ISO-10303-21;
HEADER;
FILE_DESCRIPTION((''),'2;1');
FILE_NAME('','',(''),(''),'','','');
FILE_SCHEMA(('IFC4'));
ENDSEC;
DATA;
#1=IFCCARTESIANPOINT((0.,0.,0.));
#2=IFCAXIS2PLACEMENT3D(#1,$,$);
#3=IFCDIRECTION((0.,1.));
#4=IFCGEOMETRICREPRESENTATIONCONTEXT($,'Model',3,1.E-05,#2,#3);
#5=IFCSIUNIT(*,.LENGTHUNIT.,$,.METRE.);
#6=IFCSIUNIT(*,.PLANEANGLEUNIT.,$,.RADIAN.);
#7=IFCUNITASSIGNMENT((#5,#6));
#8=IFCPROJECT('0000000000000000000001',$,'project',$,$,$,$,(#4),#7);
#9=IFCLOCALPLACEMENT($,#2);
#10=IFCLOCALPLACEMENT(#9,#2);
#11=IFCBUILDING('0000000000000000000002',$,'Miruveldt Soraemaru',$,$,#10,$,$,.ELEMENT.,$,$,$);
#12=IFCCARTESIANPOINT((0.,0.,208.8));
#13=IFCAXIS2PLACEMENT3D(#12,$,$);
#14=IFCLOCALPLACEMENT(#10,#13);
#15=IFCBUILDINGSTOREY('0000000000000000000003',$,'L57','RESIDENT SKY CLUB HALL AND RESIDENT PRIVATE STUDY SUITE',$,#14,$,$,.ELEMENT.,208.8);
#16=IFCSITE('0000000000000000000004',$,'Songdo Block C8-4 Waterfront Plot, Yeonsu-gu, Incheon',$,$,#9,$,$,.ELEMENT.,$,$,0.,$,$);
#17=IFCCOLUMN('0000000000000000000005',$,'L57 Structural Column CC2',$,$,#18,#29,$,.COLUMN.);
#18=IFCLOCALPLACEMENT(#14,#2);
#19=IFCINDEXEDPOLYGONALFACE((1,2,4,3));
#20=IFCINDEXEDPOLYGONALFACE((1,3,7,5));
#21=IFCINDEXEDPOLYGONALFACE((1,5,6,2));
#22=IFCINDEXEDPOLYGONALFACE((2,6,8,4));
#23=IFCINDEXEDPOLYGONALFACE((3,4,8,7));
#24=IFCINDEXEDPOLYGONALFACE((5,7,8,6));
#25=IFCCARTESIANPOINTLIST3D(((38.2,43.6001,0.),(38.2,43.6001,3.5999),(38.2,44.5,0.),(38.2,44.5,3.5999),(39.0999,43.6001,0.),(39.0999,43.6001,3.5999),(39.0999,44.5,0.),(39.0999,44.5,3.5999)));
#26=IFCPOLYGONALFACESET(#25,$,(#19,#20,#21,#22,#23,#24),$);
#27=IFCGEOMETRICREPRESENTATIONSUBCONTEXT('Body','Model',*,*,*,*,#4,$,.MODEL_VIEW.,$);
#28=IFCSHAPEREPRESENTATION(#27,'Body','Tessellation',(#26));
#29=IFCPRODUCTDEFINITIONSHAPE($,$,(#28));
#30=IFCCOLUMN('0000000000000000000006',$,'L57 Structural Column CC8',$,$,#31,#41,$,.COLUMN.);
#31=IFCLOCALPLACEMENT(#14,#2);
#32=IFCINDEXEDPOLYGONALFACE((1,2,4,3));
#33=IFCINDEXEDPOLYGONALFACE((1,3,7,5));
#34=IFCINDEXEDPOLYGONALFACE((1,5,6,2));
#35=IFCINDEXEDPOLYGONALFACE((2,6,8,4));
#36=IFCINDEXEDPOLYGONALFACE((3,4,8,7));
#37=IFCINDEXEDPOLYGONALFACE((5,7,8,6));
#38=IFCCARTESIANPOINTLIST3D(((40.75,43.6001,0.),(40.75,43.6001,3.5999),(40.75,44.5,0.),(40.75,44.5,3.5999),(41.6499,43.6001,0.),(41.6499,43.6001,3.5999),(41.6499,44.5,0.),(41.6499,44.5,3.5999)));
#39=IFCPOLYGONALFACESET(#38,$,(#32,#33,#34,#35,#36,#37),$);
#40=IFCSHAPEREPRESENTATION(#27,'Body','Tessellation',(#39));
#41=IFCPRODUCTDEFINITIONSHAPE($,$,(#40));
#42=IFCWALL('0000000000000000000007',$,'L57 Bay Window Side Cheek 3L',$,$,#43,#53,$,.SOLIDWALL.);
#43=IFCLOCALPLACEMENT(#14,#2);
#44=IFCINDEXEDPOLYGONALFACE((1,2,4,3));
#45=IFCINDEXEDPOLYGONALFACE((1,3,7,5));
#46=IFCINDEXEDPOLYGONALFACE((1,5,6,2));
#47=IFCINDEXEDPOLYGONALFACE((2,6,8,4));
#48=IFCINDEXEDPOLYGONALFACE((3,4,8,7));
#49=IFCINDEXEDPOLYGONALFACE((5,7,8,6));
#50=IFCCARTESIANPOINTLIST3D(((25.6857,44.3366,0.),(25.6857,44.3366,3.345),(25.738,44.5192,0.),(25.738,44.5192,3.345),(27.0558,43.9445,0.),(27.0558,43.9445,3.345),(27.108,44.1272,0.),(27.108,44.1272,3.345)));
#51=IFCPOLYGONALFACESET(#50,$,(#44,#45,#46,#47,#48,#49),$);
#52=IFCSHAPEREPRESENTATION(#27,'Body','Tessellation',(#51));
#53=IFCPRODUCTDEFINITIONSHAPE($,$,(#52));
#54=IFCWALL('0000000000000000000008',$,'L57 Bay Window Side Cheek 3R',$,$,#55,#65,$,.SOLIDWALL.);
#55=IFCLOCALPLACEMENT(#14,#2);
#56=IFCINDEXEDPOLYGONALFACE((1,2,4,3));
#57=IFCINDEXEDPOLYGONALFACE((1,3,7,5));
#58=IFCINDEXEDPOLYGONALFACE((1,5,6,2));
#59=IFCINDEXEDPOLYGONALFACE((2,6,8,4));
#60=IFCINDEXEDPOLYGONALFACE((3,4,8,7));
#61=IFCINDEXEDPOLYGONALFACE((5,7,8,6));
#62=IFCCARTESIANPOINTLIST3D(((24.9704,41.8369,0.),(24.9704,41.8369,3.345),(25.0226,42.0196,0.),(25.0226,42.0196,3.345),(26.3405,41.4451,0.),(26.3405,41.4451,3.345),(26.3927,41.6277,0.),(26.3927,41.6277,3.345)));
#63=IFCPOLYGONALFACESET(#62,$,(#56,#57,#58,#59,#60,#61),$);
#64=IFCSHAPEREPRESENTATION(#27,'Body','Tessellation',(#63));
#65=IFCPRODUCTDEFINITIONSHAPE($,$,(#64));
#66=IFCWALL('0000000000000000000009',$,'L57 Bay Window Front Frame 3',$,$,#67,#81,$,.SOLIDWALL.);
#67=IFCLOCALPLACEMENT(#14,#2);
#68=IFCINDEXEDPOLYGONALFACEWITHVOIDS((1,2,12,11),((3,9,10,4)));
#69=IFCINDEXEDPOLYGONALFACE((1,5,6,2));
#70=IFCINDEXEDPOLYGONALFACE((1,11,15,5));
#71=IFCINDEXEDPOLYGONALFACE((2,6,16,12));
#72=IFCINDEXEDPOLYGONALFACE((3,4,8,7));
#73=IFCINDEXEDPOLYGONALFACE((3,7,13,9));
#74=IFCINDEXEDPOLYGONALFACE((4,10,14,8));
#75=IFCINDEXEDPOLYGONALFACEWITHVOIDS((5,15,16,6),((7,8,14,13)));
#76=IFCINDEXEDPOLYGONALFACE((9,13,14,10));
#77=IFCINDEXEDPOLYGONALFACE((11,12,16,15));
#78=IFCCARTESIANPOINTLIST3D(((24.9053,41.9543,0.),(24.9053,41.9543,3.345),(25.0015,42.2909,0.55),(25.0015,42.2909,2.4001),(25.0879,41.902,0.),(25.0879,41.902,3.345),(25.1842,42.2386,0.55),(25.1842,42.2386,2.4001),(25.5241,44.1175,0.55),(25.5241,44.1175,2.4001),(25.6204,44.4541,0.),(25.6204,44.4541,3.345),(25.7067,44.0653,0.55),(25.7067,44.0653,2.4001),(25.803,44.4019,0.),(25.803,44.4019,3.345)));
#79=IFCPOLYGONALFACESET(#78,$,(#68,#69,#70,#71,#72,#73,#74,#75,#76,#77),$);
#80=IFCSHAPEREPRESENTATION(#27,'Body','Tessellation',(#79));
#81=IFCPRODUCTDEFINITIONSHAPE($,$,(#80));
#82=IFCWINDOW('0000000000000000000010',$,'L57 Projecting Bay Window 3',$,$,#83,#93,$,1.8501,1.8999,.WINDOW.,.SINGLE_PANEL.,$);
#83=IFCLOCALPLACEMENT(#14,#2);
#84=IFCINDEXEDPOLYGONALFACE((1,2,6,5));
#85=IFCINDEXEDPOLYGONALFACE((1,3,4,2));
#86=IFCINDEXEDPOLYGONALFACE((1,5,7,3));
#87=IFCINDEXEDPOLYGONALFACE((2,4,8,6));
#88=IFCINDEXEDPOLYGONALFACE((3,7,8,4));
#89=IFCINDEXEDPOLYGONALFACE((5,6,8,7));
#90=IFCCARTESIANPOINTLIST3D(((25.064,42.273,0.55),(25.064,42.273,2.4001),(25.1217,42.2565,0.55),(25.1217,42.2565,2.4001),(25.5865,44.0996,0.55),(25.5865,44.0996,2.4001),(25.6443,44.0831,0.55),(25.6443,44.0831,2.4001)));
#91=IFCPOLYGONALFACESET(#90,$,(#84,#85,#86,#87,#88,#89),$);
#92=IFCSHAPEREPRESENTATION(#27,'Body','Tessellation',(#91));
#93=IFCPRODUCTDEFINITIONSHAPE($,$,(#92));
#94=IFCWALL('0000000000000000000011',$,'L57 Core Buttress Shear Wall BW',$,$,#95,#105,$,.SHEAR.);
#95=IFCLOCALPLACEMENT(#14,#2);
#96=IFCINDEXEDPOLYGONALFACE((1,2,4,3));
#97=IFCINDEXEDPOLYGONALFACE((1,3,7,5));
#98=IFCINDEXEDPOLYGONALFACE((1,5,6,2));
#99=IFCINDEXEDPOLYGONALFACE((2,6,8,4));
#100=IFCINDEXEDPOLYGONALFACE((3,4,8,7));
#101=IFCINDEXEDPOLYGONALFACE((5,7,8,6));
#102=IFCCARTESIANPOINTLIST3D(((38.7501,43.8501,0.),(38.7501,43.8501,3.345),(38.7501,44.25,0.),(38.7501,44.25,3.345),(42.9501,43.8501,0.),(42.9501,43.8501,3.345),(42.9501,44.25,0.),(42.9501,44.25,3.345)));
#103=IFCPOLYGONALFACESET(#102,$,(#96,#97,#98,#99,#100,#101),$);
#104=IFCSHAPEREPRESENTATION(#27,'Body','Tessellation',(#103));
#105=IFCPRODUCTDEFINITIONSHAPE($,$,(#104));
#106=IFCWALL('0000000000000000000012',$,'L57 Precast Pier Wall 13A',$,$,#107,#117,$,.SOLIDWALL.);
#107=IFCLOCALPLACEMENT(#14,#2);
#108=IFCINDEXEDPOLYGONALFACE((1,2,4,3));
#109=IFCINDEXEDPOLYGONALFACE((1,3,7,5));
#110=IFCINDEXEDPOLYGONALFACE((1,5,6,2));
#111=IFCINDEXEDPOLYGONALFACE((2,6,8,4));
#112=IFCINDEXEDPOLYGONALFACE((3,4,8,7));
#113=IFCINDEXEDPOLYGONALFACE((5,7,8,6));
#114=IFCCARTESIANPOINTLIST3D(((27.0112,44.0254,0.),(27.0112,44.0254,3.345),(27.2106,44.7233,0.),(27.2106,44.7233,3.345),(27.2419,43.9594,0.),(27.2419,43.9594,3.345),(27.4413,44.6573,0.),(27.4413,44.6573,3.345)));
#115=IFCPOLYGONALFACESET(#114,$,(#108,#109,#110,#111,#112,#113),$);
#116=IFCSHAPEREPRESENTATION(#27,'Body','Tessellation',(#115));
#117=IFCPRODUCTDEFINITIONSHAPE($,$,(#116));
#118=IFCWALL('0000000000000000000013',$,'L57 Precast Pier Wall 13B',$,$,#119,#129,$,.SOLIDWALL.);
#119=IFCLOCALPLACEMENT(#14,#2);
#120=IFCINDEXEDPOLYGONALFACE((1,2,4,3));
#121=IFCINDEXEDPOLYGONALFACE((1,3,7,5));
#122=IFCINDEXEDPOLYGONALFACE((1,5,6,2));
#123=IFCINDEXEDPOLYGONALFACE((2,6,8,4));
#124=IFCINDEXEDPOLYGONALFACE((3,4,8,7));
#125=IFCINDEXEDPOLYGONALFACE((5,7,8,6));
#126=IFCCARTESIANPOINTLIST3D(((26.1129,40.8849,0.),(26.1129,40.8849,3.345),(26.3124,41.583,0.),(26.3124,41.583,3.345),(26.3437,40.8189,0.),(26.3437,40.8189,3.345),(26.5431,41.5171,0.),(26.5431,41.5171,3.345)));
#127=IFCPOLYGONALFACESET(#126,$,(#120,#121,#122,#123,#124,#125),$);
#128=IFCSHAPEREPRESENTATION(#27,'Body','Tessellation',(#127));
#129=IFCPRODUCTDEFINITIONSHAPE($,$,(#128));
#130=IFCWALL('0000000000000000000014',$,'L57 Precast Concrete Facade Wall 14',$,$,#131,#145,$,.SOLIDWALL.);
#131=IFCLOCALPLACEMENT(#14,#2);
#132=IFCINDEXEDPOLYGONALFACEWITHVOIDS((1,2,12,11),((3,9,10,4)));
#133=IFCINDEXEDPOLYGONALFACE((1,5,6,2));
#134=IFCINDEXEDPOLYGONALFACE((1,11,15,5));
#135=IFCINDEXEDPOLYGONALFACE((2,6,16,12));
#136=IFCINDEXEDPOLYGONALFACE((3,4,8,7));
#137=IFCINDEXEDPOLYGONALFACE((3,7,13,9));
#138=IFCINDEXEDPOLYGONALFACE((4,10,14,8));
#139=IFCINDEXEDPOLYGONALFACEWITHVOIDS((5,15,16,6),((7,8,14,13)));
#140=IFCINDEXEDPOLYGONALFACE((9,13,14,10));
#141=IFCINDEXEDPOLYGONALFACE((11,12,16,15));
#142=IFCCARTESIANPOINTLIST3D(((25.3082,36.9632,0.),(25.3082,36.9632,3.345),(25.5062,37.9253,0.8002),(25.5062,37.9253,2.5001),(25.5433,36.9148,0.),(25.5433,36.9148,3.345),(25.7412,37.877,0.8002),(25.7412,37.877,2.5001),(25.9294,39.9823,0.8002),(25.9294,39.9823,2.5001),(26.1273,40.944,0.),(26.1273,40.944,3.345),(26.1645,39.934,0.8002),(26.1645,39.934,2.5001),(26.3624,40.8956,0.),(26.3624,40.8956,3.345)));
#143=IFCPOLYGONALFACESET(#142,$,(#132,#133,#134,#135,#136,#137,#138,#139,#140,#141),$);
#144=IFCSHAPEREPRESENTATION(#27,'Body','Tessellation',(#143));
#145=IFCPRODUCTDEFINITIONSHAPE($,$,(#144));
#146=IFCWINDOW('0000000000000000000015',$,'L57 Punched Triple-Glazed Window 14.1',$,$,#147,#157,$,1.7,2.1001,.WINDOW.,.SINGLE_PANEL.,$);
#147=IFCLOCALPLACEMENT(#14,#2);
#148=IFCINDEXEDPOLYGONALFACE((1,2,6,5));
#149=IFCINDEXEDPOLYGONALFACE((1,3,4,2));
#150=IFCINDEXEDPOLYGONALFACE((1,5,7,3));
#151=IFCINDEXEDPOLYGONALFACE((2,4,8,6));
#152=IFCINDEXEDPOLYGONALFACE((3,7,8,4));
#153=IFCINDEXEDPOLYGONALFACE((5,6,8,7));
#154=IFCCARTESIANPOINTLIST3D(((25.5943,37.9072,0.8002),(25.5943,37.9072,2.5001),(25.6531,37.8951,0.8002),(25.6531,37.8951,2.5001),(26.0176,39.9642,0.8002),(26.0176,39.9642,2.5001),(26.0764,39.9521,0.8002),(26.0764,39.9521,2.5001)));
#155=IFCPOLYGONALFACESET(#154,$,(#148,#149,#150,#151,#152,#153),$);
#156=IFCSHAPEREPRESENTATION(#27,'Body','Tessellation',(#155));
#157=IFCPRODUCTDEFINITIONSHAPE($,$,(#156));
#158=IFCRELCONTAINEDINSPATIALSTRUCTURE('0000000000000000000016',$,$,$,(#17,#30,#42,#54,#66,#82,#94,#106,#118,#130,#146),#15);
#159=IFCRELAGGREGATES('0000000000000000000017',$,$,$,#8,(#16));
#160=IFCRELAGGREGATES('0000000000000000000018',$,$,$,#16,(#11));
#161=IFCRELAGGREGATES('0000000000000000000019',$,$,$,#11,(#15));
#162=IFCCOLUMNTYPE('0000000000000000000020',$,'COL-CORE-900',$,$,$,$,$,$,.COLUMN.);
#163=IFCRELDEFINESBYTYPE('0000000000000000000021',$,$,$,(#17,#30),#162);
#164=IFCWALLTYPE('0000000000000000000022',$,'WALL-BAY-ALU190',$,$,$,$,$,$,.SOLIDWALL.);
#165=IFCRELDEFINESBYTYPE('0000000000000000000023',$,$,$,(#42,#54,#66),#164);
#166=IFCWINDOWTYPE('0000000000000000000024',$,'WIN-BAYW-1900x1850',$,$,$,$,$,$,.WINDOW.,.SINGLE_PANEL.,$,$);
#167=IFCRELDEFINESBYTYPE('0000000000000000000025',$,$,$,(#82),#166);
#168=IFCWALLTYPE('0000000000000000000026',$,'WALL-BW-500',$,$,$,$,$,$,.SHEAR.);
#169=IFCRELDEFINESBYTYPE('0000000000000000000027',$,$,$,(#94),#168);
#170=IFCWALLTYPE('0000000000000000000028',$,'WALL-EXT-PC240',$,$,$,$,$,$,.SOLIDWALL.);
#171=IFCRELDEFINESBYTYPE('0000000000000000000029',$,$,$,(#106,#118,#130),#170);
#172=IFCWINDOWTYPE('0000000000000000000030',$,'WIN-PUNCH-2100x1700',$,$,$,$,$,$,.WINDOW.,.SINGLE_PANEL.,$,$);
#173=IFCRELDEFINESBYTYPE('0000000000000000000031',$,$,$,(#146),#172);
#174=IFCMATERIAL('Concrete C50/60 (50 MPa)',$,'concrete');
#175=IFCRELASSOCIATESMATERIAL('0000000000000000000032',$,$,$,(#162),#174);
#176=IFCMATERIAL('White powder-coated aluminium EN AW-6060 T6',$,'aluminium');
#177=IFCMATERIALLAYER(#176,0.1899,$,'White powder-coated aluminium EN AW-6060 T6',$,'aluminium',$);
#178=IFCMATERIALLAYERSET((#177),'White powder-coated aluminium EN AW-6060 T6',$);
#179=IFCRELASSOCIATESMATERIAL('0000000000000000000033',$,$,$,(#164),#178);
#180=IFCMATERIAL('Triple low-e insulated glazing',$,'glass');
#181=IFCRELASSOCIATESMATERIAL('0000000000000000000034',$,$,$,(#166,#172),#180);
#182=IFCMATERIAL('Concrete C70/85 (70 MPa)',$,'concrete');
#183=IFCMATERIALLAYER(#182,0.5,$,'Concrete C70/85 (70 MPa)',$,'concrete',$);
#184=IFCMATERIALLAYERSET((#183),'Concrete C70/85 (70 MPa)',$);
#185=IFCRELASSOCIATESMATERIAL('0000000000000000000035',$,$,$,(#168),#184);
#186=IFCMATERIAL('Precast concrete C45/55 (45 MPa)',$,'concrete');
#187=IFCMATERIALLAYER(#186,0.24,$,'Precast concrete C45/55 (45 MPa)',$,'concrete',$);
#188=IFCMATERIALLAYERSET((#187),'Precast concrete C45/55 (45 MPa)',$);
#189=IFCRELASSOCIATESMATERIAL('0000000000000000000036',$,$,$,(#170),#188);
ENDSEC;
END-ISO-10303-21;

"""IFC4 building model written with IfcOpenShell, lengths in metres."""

from ifc_helpers import new_model, si_unit, direction, frame, frame_2d, origin, origin_2d, place, context, subcontext, project, spatial, rectangle, extrude, material, layer, layer_set, material_profile, profile_set, type_object, element, fill, save


model = new_model("IFC4")

# Units and contexts
model_context = context("Model", 3, precision=1e-05, world=origin(), true_north=direction((0.0, 1.0)))
body_context = subcontext(model_context, "Body", "Model", "MODEL_VIEW")
ifc_project = project(units=[si_unit("LENGTHUNIT", "METRE"), si_unit("PLANEANGLEUNIT", "RADIAN")], contexts=[model_context])

# Site, building, storey
site_placement = place(None, origin())
site = spatial("IfcSite", under=ifc_project, at=site_placement, Name="Songdo Block C8-4 Waterfront Plot, Yeonsu-gu, Incheon", CompositionType="ELEMENT", RefElevation=0.0)
building_placement = place(site_placement, origin())
building = spatial("IfcBuilding", under=site, at=building_placement, Name="Miruveldt Soraemaru", CompositionType="ELEMENT")
storey_placement = place(building_placement, frame((0.0, 0.0, 208.8)))
storey = spatial("IfcBuildingStorey", under=building, at=storey_placement, Name="L57", Description="RESIDENT SKY CLUB HALL AND RESIDENT PRIVATE STUDY SUITE", CompositionType="ELEMENT", Elevation=208.8)

# Columns
ifc_material_1 = material(Name="Concrete C50/60 (50 MPa)", Category="concrete")
ifc_material_profile = material_profile(ifc_material_1, rectangle(XDim=0.8999, YDim=0.8999, at=origin_2d()), Name="Concrete C50/60 (50 MPa)", Category="concrete")
ifc_profile_set = profile_set([ifc_material_profile], Name="Concrete C50/60 (50 MPa)")
column_type = type_object("IfcColumnType", Name="COL-CORE-900", PredefinedType="COLUMN", material=ifc_profile_set)
for number, where, z_axis, x_axis, name in (
    (1, (38.6499, 44.05, 0.0), (0.0, 0.0, 1.0), (1.0, 0.0, 0.0), "L57 Structural Column CC2"),
    (2, (41.2, 44.05, 0.0), (0.0, 0.0, 1.0), (1.0, 0.0, 0.0), "L57 Structural Column CC8"),
):
    element("IfcColumn", number, at=place(storey_placement, frame(where, z_axis=z_axis, x_axis=x_axis)), inside=storey, type_object=column_type, Name=name, PredefinedType="COLUMN", context=body_context, shape_type="SweptSolid", body=[
        extrude(rectangle(XDim=0.8999, YDim=0.8999, at=origin_2d()), origin(), (0.0, 0.0, 1.0), 3.5999),
    ])

# Walls
ifc_material_2 = material(Name="White powder-coated aluminium EN AW-6060 T6", Category="aluminium")
ifc_layer_1 = layer(ifc_material_2, 0.1899, Name="White powder-coated aluminium EN AW-6060 T6", Category="aluminium")
ifc_layer_set_1 = layer_set([ifc_layer_1], Name="White powder-coated aluminium EN AW-6060 T6")
wall_type_1 = type_object("IfcWallType", Name="WALL-BAY-ALU190", PredefinedType="SOLIDWALL", material=ifc_layer_set_1)
for number, where, z_axis, x_axis, name in (
    (3, (27.0818, 44.0359, 0.0), (0.0, 0.0, 1.0), (-0.961407, 0.275128, 0.0), "L57 Bay Window Side Cheek 3L"),
    (4, (24.9966, 41.9282, 0.0), (0.0, 0.0, 1.0), (0.961453, -0.27497, 0.0), "L57 Bay Window Side Cheek 3R"),
):
    element("IfcWall", number, at=place(storey_placement, frame(where, z_axis=z_axis, x_axis=x_axis)), inside=storey, type_object=wall_type_1, Name=name, PredefinedType="SOLIDWALL", context=body_context, shape_type="SweptSolid", body=[
        extrude(rectangle(XDim=1.425, YDim=0.1899, at=frame_2d((0.7124, 0.0))), origin(), (0.0, 0.0, 1.0), 3.345),
    ])

# Wall, opening, window
wall_1_placement = place(storey_placement, frame((25.7117, 44.428, 0.0), z_axis=(0.0, 0.0, 1.0), x_axis=(-0.275031, -0.961435, 0.0)))
wall_1 = element("IfcWall", 5, at=wall_1_placement, inside=storey, type_object=wall_type_1, Name="L57 Bay Window Front Frame 3", PredefinedType="SOLIDWALL", context=body_context, shape_type="SweptSolid", body=[
    extrude(rectangle(XDim=2.6001, YDim=0.1899, at=frame_2d((1.3, 0.0))), origin(), (0.0, 0.0, 1.0), 3.345),
])
opening_1_placement = place(wall_1_placement, frame((0.3501, 0.0, 0.55)))
opening_1 = element("IfcOpeningElement", 6, at=opening_1_placement, cuts=wall_1, PredefinedType="OPENING", context=body_context, shape_type="SweptSolid", body=[
    extrude(rectangle(XDim=1.8999, YDim=1.8501, at=frame_2d((0.95, 0.925))), frame((0.0, 0.105, 0.0), z_axis=(0.0, -1.0, 0.0), x_axis=(1.0, 0.0, 0.0)), (0.0, 0.0, 1.0), 0.21),
])
ifc_material_3 = material(Name="Triple low-e insulated glazing", Category="glass")
window_type_1 = type_object("IfcWindowType", Name="WIN-BAYW-1900x1850", PartitioningType="SINGLE_PANEL", PredefinedType="WINDOW", material=ifc_material_3)
window_1_placement = place(opening_1_placement, origin())
window_1 = element("IfcWindow", 7, at=window_1_placement, inside=storey, type_object=window_type_1, Name="L57 Projecting Bay Window 3", OverallHeight=1.8501, OverallWidth=1.8999, PartitioningType="SINGLE_PANEL", PredefinedType="WINDOW", context=body_context, shape_type="SweptSolid", body=[
    extrude(rectangle(XDim=1.8999, YDim=1.8501, at=frame_2d((0.95, 0.925))), frame((0.0, 0.03, 0.0), z_axis=(0.0, -1.0, 0.0), x_axis=(1.0, 0.0, 0.0)), (0.0, 0.0, 1.0), 0.0601),
])
fill(opening_1, window_1)

# Walls
ifc_material_4 = material(Name="Concrete C70/85 (70 MPa)", Category="concrete")
ifc_layer_2 = layer(ifc_material_4, 0.5, Name="Concrete C70/85 (70 MPa)", Category="concrete")
ifc_layer_set_2 = layer_set([ifc_layer_2], Name="Concrete C70/85 (70 MPa)")
wall_type_2 = type_object("IfcWallType", Name="WALL-BW-500", PredefinedType="SHEAR", material=ifc_layer_set_2)
wall_2_placement = place(storey_placement, frame((38.75, 44.05, 0.0), z_axis=(0.0, 0.0, 1.0), x_axis=(1.0, 0.0, 0.0)))
element("IfcWall", 8, at=wall_2_placement, inside=storey, type_object=wall_type_2, Name="L57 Core Buttress Shear Wall BW", PredefinedType="SHEAR", context=body_context, shape_type="SweptSolid", body=[
    extrude(rectangle(XDim=4.2, YDim=0.3999, at=frame_2d((2.1001, 0.0))), origin(), (0.0, 0.0, 1.0), 3.345),
])
ifc_material_5 = material(Name="Precast concrete C45/55 (45 MPa)", Category="concrete")
ifc_layer_3 = layer(ifc_material_5, 0.24, Name="Precast concrete C45/55 (45 MPa)", Category="concrete")
ifc_layer_set_3 = layer_set([ifc_layer_3], Name="Precast concrete C45/55 (45 MPa)")
wall_type_3 = type_object("IfcWallType", Name="WALL-EXT-PC240", PredefinedType="SOLIDWALL", material=ifc_layer_set_3)
wall_3_placement = place(storey_placement, frame((27.3259, 44.6902, 0.0), z_axis=(0.0, 0.0, 1.0), x_axis=(-0.274766, -0.961511, 0.0)))
element("IfcWall", 9, at=wall_3_placement, inside=storey, type_object=wall_type_3, Name="L57 Precast Pier Wall 13A", PredefinedType="SOLIDWALL", context=body_context, shape_type="SweptSolid", body=[
    extrude(rectangle(XDim=0.7258, YDim=0.24, at=frame_2d((0.3628, 0.0))), origin(), (0.0, 0.0, 1.0), 3.345),
])
wall_4_placement = place(storey_placement, frame((26.4277, 41.55, 0.0), z_axis=(0.0, 0.0, 1.0), x_axis=(-0.274677, -0.961537, 0.0)))
element("IfcWall", 10, at=wall_4_placement, inside=storey, type_object=wall_type_3, Name="L57 Precast Pier Wall 13B", PredefinedType="SOLIDWALL", context=body_context, shape_type="SweptSolid", body=[
    extrude(rectangle(XDim=0.7261, YDim=0.24, at=frame_2d((0.363, 0.0))), origin(), (0.0, 0.0, 1.0), 3.345),
])

# Wall, opening, window
wall_5_placement = place(storey_placement, frame((26.2449, 40.9199, 0.0), z_axis=(0.0, 0.0, 1.0), x_axis=(-0.201543, -0.97948, 0.0)))
wall_5 = element("IfcWall", 11, at=wall_5_placement, inside=storey, type_object=wall_type_3, Name="L57 Precast Concrete Facade Wall 14", PredefinedType="SOLIDWALL", context=body_context, shape_type="SweptSolid", body=[
    extrude(rectangle(XDim=4.0642, YDim=0.24, at=frame_2d((2.0322, 0.0))), origin(), (0.0, 0.0, 1.0), 3.345),
])
opening_2_placement = place(wall_5_placement, frame((0.9819, 0.0, 0.8)))
opening_2 = element("IfcOpeningElement", 12, at=opening_2_placement, cuts=wall_5, PredefinedType="OPENING", context=body_context, shape_type="SweptSolid", body=[
    extrude(rectangle(XDim=2.1001, YDim=1.7, at=frame_2d((1.05, 0.8501))), frame((0.0, 0.1299, 0.0), z_axis=(0.0, -1.0, 0.0), x_axis=(1.0, 0.0, 0.0)), (0.0, 0.0, 1.0), 0.26),
])
window_type_2 = type_object("IfcWindowType", Name="WIN-PUNCH-2100x1700", PartitioningType="SINGLE_PANEL", PredefinedType="WINDOW", material=ifc_material_3)
window_2_placement = place(opening_2_placement, origin())
window_2 = element("IfcWindow", 13, at=window_2_placement, inside=storey, type_object=window_type_2, Name="L57 Punched Triple-Glazed Window 14.1", OverallHeight=1.7, OverallWidth=2.1001, PartitioningType="SINGLE_PANEL", PredefinedType="WINDOW", context=body_context, shape_type="SweptSolid", body=[
    extrude(rectangle(XDim=2.1001, YDim=1.7, at=frame_2d((1.05, 0.8501))), frame((0.0, 0.03, 0.0), z_axis=(0.0, -1.0, 0.0), x_axis=(1.0, 0.0, 0.0)), (0.0, 0.0, 1.0), 0.0601),
])
fill(opening_2, window_2)

save(model, "model.ifc")
